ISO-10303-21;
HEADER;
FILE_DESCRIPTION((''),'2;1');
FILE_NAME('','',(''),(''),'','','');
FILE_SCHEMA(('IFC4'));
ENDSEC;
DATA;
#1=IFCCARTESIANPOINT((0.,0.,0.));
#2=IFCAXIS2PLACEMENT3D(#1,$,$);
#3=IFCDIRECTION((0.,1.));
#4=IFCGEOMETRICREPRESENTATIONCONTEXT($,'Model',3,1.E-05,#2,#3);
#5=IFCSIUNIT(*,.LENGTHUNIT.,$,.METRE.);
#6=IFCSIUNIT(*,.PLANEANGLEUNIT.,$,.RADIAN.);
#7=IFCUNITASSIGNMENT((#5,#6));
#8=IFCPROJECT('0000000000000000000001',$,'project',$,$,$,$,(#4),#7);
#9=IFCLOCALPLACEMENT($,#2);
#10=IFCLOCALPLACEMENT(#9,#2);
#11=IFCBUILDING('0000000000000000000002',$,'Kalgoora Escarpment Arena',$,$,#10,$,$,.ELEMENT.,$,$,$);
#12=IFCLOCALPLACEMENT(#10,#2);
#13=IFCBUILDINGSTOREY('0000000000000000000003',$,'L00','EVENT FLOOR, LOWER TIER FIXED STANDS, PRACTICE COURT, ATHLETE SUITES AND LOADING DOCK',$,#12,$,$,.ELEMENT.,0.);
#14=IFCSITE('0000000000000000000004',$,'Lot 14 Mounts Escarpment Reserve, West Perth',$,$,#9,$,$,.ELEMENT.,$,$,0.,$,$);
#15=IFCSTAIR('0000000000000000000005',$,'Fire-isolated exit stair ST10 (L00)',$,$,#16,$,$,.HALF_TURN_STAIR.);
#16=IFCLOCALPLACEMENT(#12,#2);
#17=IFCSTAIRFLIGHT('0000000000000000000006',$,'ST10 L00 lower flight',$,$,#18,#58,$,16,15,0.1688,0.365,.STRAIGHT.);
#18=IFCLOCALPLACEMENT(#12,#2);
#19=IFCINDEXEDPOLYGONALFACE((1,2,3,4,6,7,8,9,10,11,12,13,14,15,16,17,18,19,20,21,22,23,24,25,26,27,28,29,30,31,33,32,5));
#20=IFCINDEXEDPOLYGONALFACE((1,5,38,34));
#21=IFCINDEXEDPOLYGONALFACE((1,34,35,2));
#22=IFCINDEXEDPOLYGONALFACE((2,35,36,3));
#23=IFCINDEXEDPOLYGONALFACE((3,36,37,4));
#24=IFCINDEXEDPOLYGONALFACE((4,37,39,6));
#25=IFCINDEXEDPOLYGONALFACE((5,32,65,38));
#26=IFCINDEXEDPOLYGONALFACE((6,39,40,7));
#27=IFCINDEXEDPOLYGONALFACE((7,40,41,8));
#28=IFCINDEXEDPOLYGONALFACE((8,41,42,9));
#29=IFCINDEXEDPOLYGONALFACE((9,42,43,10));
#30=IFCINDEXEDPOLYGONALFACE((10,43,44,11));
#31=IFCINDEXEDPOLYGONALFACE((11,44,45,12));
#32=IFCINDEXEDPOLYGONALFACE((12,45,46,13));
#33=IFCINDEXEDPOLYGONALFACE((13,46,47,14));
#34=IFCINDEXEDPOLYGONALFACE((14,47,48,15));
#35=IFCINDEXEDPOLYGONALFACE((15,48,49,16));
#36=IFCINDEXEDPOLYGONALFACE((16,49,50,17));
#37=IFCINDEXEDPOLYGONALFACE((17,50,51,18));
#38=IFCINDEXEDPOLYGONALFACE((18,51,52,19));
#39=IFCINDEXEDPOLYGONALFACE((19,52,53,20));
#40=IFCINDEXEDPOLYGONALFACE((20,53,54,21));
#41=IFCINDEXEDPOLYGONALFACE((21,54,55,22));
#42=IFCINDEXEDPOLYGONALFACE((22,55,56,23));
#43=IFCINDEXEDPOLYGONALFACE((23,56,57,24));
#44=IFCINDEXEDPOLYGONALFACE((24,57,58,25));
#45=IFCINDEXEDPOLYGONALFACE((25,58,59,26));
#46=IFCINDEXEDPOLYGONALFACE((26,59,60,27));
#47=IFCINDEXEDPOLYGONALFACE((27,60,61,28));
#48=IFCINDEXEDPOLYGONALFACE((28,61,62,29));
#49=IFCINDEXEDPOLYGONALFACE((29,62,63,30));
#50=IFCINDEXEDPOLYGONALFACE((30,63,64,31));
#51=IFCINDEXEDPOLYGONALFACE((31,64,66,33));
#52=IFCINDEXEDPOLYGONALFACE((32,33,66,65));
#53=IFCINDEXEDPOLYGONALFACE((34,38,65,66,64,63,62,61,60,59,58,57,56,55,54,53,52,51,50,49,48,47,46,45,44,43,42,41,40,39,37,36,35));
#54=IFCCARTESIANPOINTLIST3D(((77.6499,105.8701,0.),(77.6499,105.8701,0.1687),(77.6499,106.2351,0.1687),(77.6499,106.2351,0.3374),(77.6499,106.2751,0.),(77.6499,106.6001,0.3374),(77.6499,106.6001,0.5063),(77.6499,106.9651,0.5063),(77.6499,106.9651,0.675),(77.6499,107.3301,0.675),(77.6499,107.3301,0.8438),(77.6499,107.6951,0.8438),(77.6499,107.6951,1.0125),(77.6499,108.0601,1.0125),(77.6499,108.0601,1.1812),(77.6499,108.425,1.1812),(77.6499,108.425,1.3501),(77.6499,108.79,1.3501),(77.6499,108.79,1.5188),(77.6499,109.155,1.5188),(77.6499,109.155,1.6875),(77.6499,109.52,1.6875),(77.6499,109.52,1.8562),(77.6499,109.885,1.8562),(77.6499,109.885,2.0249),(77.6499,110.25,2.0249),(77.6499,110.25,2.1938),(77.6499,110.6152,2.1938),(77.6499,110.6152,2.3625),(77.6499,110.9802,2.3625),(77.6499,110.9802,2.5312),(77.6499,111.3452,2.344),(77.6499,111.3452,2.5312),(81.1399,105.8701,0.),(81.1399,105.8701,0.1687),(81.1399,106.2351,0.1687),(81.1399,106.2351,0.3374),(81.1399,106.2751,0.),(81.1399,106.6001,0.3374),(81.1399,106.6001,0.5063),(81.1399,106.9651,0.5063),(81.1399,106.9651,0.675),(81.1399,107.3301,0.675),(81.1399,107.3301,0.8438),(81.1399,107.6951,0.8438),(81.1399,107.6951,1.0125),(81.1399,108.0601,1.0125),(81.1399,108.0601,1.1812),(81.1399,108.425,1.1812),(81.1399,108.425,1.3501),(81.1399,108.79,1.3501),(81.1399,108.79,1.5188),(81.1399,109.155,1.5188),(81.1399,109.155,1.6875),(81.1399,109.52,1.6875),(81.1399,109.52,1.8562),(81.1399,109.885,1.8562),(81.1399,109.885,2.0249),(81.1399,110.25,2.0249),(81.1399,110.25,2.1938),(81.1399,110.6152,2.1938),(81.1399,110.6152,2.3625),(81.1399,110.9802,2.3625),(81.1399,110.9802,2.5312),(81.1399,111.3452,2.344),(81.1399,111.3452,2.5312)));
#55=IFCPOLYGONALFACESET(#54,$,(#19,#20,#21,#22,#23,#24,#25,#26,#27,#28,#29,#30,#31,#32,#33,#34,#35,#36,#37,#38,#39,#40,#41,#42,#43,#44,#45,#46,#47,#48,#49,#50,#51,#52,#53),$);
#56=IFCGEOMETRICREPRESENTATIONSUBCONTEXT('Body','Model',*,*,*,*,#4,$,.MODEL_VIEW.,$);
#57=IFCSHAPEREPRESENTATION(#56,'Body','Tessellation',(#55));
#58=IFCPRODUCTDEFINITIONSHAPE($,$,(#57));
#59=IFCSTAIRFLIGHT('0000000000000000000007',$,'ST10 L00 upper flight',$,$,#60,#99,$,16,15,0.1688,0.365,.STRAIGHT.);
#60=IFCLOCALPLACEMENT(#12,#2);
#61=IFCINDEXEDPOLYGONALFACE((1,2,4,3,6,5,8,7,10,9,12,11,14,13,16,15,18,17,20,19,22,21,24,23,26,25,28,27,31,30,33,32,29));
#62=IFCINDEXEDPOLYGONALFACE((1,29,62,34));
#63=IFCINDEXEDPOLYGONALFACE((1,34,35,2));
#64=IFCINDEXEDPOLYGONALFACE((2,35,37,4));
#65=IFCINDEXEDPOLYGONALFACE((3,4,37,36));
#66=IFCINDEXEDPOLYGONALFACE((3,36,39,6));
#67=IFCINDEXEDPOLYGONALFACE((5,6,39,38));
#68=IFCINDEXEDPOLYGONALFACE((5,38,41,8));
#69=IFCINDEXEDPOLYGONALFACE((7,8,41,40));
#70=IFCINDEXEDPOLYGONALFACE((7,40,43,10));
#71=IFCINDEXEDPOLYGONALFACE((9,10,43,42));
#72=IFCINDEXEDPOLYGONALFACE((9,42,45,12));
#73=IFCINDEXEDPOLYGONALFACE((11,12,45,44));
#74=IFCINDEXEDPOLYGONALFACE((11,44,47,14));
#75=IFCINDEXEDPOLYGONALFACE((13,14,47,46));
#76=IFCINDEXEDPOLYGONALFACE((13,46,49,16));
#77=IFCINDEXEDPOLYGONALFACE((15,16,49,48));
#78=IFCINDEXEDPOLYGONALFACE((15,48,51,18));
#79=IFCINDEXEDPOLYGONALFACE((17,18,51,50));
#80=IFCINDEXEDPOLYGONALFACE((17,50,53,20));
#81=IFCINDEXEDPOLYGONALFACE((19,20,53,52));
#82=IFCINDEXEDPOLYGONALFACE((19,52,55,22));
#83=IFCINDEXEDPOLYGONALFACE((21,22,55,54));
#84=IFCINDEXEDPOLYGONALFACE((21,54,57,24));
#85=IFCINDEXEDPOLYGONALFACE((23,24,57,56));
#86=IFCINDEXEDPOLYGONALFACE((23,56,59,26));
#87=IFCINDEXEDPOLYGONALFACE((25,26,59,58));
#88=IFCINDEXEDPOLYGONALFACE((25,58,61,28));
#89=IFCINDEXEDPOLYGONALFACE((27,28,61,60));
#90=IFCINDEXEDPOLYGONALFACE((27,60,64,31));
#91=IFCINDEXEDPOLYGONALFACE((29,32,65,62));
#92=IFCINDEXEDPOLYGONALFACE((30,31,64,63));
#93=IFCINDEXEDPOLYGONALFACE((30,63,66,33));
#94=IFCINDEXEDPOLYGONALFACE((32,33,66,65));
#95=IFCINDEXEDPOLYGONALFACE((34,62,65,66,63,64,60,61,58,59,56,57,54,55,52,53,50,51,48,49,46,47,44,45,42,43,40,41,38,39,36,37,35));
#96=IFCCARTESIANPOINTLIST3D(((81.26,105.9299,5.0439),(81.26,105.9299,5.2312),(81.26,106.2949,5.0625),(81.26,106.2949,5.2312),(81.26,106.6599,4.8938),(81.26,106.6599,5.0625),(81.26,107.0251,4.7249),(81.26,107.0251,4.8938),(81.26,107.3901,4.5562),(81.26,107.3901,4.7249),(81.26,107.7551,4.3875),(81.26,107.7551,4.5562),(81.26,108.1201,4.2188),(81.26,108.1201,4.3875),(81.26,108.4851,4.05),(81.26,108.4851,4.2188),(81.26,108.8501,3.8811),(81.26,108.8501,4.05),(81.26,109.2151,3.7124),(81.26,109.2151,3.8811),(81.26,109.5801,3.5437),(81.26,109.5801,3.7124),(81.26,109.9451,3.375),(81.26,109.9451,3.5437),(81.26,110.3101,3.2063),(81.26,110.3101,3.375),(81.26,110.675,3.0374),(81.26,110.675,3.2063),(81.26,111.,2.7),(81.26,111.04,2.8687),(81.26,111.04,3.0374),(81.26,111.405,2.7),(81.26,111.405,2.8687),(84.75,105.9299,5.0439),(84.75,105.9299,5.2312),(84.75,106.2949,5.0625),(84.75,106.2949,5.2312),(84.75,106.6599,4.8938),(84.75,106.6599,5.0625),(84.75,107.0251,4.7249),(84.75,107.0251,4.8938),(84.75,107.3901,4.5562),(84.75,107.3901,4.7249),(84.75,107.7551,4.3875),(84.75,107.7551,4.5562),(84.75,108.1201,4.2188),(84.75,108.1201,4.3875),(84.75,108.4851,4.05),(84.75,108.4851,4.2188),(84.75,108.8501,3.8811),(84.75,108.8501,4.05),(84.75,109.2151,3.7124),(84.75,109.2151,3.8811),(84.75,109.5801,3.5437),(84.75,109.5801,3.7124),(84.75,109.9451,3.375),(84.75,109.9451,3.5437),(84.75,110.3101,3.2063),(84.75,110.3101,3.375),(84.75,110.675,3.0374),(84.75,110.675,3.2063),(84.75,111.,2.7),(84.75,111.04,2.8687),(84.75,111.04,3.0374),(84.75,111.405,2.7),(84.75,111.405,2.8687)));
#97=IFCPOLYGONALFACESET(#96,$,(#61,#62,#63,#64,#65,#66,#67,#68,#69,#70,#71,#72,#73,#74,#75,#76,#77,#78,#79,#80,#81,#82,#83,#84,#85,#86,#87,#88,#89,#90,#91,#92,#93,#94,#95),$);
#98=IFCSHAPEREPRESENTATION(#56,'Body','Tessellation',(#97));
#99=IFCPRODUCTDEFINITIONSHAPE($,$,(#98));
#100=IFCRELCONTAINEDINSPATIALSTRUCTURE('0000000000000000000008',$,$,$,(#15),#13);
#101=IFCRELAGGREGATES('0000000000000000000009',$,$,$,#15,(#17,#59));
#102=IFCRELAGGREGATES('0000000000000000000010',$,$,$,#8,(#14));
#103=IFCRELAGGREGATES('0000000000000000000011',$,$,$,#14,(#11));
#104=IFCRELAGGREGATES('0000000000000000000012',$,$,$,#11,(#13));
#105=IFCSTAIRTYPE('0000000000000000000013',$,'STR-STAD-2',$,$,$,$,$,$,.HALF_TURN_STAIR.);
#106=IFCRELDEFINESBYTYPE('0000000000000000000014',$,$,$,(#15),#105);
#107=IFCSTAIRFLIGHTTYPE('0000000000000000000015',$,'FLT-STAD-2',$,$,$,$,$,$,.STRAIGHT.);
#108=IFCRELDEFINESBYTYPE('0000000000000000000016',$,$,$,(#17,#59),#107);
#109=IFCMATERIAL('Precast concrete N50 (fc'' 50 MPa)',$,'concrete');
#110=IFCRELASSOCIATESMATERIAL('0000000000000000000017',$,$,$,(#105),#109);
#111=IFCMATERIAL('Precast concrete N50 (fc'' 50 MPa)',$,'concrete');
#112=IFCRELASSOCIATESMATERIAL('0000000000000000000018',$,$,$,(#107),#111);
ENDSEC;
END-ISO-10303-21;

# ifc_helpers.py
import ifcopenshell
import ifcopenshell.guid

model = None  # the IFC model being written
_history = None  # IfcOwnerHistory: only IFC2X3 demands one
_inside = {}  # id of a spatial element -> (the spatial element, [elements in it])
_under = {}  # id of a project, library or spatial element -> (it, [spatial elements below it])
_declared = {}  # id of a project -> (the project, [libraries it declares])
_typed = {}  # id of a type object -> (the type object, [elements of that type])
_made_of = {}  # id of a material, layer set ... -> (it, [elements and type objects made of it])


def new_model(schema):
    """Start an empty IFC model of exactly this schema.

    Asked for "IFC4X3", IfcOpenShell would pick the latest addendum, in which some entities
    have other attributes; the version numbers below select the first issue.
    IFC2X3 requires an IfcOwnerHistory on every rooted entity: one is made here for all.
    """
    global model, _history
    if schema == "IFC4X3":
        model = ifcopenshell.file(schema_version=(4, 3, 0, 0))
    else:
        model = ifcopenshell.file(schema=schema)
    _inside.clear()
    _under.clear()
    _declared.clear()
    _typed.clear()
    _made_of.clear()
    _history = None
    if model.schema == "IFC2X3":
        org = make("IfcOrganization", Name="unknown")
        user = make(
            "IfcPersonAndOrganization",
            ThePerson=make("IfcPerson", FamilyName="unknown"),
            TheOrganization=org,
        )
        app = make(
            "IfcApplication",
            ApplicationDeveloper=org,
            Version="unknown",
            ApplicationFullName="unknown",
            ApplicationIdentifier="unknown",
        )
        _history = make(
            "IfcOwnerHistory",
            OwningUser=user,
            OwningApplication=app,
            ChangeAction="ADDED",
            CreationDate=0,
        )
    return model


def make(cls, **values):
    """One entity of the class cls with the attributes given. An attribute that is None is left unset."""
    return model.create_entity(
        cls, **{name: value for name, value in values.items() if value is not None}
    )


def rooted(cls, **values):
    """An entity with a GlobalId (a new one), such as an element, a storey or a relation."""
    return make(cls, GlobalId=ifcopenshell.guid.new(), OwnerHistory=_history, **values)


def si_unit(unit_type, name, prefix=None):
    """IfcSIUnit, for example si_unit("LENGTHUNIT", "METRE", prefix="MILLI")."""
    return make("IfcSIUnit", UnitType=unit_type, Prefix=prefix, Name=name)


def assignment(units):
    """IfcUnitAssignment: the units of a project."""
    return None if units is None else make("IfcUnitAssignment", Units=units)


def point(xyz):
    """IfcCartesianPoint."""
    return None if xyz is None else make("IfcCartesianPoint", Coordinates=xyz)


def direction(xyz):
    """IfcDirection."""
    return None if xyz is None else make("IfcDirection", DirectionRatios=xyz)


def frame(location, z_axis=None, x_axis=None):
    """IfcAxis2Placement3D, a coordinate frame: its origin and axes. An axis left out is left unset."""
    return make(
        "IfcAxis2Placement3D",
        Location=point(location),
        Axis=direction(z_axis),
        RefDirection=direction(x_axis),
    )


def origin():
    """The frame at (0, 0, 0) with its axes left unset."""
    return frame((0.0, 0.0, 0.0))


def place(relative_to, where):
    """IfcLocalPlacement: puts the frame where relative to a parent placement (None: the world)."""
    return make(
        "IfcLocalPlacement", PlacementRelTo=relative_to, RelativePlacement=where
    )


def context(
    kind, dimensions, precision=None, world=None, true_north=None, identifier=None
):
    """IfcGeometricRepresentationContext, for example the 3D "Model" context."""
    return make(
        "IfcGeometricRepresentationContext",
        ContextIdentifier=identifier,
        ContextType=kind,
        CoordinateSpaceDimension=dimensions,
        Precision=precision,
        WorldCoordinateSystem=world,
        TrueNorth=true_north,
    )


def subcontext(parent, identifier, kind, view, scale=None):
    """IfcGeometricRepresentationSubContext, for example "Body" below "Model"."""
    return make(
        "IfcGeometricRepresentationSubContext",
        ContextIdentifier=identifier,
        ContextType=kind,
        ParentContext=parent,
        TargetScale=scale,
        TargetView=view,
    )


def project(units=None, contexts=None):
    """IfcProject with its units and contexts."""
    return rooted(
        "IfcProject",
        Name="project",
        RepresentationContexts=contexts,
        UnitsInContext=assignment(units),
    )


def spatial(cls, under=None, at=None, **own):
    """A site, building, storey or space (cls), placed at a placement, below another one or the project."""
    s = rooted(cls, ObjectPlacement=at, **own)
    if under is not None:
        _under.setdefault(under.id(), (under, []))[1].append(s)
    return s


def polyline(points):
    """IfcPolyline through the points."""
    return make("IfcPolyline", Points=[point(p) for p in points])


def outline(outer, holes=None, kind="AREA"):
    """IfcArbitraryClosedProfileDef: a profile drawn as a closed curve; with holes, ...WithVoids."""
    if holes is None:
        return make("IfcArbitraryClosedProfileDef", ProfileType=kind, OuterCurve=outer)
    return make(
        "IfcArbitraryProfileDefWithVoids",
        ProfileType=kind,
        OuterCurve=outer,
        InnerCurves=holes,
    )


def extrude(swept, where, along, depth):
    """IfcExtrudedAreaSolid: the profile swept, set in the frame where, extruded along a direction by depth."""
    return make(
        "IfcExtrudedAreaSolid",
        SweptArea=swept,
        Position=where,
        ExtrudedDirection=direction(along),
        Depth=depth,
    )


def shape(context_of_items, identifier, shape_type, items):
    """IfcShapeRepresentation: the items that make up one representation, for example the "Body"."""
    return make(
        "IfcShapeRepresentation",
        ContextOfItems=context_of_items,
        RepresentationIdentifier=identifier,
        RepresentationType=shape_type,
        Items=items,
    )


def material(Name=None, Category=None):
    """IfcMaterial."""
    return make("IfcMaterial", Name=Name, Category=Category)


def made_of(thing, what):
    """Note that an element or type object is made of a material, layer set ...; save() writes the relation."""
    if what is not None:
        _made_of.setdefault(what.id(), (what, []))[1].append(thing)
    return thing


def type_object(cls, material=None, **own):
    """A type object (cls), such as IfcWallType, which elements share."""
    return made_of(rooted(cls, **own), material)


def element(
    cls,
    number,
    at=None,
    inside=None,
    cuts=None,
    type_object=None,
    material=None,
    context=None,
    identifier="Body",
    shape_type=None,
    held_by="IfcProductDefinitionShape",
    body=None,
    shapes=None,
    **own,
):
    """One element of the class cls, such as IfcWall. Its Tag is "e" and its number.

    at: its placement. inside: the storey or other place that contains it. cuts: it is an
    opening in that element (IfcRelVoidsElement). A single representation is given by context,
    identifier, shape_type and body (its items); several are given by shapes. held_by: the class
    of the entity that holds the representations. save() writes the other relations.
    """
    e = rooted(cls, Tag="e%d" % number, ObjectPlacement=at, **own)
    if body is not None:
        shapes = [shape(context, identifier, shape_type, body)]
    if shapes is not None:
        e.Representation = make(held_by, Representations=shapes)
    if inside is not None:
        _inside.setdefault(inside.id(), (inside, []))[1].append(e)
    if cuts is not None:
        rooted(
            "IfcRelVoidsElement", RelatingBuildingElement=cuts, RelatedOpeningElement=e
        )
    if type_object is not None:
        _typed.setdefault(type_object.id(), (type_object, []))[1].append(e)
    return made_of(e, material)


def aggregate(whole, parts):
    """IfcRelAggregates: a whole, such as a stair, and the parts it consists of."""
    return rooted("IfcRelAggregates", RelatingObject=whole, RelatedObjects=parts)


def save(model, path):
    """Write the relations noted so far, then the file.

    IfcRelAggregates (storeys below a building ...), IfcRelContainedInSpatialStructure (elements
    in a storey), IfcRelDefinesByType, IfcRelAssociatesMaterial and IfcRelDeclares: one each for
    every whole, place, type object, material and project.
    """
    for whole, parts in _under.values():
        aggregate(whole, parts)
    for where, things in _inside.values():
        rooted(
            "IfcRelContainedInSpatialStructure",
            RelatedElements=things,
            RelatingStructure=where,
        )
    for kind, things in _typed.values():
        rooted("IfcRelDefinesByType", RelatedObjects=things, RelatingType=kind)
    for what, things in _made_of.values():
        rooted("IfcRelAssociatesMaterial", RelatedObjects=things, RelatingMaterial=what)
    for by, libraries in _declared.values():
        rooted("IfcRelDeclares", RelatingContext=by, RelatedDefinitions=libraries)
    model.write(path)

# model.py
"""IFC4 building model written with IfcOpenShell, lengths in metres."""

from ifc_helpers import new_model, si_unit, direction, frame, origin, place, context, subcontext, project, spatial, polyline, outline, extrude, material, type_object, element, aggregate, save


model = new_model("IFC4")

# Units and contexts
model_context = context("Model", 3, precision=1e-05, world=origin(), true_north=direction((0.0, 1.0)))
body_context = subcontext(model_context, "Body", "Model", "MODEL_VIEW")
ifc_project = project(units=[si_unit("LENGTHUNIT", "METRE"), si_unit("PLANEANGLEUNIT", "RADIAN")], contexts=[model_context])

# Site, building, storey
site_placement = place(None, origin())
site = spatial("IfcSite", under=ifc_project, at=site_placement, Name="Lot 14 Mounts Escarpment Reserve, West Perth", CompositionType="ELEMENT", RefElevation=0.0)
building_placement = place(site_placement, origin())
building = spatial("IfcBuilding", under=site, at=building_placement, Name="Kalgoora Escarpment Arena", CompositionType="ELEMENT")
storey_placement = place(building_placement, origin())
storey = spatial("IfcBuildingStorey", under=building, at=storey_placement, Name="L00", Description="EVENT FLOOR, LOWER TIER FIXED STANDS, PRACTICE COURT, ATHLETE SUITES AND LOADING DOCK", CompositionType="ELEMENT", Elevation=0.0)

# Stair, stair flights
ifc_material_1 = material(Name="Precast concrete N50 (fc' 50 MPa)", Category="concrete")
stair_type = type_object("IfcStairType", Name="STR-STAD-2", PredefinedType="HALF_TURN_STAIR", material=ifc_material_1)
stair_placement = place(storey_placement, origin())
stair = element("IfcStair", 1, at=stair_placement, inside=storey, type_object=stair_type, Name="Fire-isolated exit stair ST10 (L00)", PredefinedType="HALF_TURN_STAIR")
ifc_material_2 = material(Name="Precast concrete N50 (fc' 50 MPa)", Category="concrete")
stair_flight_type = type_object("IfcStairFlightType", Name="FLT-STAD-2", PredefinedType="STRAIGHT", material=ifc_material_2)
stair_flight_1_placement = place(storey_placement, frame((79.395, 105.8701, 0.0), z_axis=(0.0, 0.0, 1.0), x_axis=(0.0, 1.0, 0.0)))
stair_flight_1 = element("IfcStairFlight", 2, at=stair_flight_1_placement, type_object=stair_flight_type, Name="ST10 L00 lower flight", NumberOfRisers=16, NumberOfTreads=15, PredefinedType="STRAIGHT", RiserHeight=0.1688, TreadLength=0.365, context=body_context, shape_type="SweptSolid", body=[
    extrude(outline(polyline([(0.0, 0.0), (0.0, 0.1687), (0.365, 0.1687), (0.365, 0.3374), (0.73, 0.3374), (0.73, 0.5063), (1.095, 0.5063), (1.095, 0.675), (1.46, 0.675), (1.46, 0.8438), (1.825, 0.8438), (1.825, 1.0125), (2.1899, 1.0125), (2.1899, 1.1812), (2.5549, 1.1812), (2.5549, 1.3501), (2.9199, 1.3501), (2.9199, 1.5188), (3.2849, 1.5188), (3.2849, 1.6875), (3.6499, 1.6875), (3.6499, 1.8562), (4.0149, 1.8562), (4.0149, 2.0249), (4.3799, 2.0249), (4.3799, 2.1938), (4.7451, 2.1938), (4.7451, 2.3625), (5.1101, 2.3625), (5.1101, 2.5312), (5.4751, 2.5312), (5.4751, 2.7), (5.4751, 2.344), (0.405, 0.0), (0.0, 0.0)])), frame((0.0, 1.7451, 0.0), z_axis=(0.0, -1.0, 0.0), x_axis=(1.0, 0.0, 0.0)), (0.0, 0.0, 1.0), 3.49),
])
stair_flight_2_placement = place(storey_placement, frame((83.0049, 111.405, 2.7), z_axis=(0.0, 0.0, 1.0), x_axis=(0.0, -1.0, 0.0)))
stair_flight_2 = element("IfcStairFlight", 3, at=stair_flight_2_placement, type_object=stair_flight_type, Name="ST10 L00 upper flight", NumberOfRisers=16, NumberOfTreads=15, PredefinedType="STRAIGHT", RiserHeight=0.1688, TreadLength=0.365, context=body_context, shape_type="SweptSolid", body=[
    extrude(outline(polyline([(0.0, 0.0), (0.0, 0.1687), (0.365, 0.1687), (0.365, 0.3374), (0.73, 0.3374), (0.73, 0.5063), (1.095, 0.5063), (1.095, 0.675), (1.46, 0.675), (1.46, 0.8438), (1.825, 0.8438), (1.825, 1.0125), (2.1899, 1.0125), (2.1899, 1.1812), (2.5549, 1.1812), (2.5549, 1.3501), (2.9199, 1.3501), (2.9199, 1.5188), (3.2849, 1.5188), (3.2849, 1.6875), (3.6499, 1.6875), (3.6499, 1.8562), (4.0149, 1.8562), (4.0149, 2.0249), (4.3799, 2.0249), (4.3799, 2.1938), (4.7451, 2.1938), (4.7451, 2.3625), (5.1101, 2.3625), (5.1101, 2.5312), (5.4751, 2.5312), (5.4751, 2.7), (5.4751, 2.344), (0.405, 0.0), (0.0, 0.0)])), frame((0.0, 1.7451, 0.0), z_axis=(0.0, -1.0, 0.0), x_axis=(1.0, 0.0, 0.0)), (0.0, 0.0, 1.0), 3.49),
])
aggregate(stair, [stair_flight_1, stair_flight_2])

save(model, "model.ifc")
